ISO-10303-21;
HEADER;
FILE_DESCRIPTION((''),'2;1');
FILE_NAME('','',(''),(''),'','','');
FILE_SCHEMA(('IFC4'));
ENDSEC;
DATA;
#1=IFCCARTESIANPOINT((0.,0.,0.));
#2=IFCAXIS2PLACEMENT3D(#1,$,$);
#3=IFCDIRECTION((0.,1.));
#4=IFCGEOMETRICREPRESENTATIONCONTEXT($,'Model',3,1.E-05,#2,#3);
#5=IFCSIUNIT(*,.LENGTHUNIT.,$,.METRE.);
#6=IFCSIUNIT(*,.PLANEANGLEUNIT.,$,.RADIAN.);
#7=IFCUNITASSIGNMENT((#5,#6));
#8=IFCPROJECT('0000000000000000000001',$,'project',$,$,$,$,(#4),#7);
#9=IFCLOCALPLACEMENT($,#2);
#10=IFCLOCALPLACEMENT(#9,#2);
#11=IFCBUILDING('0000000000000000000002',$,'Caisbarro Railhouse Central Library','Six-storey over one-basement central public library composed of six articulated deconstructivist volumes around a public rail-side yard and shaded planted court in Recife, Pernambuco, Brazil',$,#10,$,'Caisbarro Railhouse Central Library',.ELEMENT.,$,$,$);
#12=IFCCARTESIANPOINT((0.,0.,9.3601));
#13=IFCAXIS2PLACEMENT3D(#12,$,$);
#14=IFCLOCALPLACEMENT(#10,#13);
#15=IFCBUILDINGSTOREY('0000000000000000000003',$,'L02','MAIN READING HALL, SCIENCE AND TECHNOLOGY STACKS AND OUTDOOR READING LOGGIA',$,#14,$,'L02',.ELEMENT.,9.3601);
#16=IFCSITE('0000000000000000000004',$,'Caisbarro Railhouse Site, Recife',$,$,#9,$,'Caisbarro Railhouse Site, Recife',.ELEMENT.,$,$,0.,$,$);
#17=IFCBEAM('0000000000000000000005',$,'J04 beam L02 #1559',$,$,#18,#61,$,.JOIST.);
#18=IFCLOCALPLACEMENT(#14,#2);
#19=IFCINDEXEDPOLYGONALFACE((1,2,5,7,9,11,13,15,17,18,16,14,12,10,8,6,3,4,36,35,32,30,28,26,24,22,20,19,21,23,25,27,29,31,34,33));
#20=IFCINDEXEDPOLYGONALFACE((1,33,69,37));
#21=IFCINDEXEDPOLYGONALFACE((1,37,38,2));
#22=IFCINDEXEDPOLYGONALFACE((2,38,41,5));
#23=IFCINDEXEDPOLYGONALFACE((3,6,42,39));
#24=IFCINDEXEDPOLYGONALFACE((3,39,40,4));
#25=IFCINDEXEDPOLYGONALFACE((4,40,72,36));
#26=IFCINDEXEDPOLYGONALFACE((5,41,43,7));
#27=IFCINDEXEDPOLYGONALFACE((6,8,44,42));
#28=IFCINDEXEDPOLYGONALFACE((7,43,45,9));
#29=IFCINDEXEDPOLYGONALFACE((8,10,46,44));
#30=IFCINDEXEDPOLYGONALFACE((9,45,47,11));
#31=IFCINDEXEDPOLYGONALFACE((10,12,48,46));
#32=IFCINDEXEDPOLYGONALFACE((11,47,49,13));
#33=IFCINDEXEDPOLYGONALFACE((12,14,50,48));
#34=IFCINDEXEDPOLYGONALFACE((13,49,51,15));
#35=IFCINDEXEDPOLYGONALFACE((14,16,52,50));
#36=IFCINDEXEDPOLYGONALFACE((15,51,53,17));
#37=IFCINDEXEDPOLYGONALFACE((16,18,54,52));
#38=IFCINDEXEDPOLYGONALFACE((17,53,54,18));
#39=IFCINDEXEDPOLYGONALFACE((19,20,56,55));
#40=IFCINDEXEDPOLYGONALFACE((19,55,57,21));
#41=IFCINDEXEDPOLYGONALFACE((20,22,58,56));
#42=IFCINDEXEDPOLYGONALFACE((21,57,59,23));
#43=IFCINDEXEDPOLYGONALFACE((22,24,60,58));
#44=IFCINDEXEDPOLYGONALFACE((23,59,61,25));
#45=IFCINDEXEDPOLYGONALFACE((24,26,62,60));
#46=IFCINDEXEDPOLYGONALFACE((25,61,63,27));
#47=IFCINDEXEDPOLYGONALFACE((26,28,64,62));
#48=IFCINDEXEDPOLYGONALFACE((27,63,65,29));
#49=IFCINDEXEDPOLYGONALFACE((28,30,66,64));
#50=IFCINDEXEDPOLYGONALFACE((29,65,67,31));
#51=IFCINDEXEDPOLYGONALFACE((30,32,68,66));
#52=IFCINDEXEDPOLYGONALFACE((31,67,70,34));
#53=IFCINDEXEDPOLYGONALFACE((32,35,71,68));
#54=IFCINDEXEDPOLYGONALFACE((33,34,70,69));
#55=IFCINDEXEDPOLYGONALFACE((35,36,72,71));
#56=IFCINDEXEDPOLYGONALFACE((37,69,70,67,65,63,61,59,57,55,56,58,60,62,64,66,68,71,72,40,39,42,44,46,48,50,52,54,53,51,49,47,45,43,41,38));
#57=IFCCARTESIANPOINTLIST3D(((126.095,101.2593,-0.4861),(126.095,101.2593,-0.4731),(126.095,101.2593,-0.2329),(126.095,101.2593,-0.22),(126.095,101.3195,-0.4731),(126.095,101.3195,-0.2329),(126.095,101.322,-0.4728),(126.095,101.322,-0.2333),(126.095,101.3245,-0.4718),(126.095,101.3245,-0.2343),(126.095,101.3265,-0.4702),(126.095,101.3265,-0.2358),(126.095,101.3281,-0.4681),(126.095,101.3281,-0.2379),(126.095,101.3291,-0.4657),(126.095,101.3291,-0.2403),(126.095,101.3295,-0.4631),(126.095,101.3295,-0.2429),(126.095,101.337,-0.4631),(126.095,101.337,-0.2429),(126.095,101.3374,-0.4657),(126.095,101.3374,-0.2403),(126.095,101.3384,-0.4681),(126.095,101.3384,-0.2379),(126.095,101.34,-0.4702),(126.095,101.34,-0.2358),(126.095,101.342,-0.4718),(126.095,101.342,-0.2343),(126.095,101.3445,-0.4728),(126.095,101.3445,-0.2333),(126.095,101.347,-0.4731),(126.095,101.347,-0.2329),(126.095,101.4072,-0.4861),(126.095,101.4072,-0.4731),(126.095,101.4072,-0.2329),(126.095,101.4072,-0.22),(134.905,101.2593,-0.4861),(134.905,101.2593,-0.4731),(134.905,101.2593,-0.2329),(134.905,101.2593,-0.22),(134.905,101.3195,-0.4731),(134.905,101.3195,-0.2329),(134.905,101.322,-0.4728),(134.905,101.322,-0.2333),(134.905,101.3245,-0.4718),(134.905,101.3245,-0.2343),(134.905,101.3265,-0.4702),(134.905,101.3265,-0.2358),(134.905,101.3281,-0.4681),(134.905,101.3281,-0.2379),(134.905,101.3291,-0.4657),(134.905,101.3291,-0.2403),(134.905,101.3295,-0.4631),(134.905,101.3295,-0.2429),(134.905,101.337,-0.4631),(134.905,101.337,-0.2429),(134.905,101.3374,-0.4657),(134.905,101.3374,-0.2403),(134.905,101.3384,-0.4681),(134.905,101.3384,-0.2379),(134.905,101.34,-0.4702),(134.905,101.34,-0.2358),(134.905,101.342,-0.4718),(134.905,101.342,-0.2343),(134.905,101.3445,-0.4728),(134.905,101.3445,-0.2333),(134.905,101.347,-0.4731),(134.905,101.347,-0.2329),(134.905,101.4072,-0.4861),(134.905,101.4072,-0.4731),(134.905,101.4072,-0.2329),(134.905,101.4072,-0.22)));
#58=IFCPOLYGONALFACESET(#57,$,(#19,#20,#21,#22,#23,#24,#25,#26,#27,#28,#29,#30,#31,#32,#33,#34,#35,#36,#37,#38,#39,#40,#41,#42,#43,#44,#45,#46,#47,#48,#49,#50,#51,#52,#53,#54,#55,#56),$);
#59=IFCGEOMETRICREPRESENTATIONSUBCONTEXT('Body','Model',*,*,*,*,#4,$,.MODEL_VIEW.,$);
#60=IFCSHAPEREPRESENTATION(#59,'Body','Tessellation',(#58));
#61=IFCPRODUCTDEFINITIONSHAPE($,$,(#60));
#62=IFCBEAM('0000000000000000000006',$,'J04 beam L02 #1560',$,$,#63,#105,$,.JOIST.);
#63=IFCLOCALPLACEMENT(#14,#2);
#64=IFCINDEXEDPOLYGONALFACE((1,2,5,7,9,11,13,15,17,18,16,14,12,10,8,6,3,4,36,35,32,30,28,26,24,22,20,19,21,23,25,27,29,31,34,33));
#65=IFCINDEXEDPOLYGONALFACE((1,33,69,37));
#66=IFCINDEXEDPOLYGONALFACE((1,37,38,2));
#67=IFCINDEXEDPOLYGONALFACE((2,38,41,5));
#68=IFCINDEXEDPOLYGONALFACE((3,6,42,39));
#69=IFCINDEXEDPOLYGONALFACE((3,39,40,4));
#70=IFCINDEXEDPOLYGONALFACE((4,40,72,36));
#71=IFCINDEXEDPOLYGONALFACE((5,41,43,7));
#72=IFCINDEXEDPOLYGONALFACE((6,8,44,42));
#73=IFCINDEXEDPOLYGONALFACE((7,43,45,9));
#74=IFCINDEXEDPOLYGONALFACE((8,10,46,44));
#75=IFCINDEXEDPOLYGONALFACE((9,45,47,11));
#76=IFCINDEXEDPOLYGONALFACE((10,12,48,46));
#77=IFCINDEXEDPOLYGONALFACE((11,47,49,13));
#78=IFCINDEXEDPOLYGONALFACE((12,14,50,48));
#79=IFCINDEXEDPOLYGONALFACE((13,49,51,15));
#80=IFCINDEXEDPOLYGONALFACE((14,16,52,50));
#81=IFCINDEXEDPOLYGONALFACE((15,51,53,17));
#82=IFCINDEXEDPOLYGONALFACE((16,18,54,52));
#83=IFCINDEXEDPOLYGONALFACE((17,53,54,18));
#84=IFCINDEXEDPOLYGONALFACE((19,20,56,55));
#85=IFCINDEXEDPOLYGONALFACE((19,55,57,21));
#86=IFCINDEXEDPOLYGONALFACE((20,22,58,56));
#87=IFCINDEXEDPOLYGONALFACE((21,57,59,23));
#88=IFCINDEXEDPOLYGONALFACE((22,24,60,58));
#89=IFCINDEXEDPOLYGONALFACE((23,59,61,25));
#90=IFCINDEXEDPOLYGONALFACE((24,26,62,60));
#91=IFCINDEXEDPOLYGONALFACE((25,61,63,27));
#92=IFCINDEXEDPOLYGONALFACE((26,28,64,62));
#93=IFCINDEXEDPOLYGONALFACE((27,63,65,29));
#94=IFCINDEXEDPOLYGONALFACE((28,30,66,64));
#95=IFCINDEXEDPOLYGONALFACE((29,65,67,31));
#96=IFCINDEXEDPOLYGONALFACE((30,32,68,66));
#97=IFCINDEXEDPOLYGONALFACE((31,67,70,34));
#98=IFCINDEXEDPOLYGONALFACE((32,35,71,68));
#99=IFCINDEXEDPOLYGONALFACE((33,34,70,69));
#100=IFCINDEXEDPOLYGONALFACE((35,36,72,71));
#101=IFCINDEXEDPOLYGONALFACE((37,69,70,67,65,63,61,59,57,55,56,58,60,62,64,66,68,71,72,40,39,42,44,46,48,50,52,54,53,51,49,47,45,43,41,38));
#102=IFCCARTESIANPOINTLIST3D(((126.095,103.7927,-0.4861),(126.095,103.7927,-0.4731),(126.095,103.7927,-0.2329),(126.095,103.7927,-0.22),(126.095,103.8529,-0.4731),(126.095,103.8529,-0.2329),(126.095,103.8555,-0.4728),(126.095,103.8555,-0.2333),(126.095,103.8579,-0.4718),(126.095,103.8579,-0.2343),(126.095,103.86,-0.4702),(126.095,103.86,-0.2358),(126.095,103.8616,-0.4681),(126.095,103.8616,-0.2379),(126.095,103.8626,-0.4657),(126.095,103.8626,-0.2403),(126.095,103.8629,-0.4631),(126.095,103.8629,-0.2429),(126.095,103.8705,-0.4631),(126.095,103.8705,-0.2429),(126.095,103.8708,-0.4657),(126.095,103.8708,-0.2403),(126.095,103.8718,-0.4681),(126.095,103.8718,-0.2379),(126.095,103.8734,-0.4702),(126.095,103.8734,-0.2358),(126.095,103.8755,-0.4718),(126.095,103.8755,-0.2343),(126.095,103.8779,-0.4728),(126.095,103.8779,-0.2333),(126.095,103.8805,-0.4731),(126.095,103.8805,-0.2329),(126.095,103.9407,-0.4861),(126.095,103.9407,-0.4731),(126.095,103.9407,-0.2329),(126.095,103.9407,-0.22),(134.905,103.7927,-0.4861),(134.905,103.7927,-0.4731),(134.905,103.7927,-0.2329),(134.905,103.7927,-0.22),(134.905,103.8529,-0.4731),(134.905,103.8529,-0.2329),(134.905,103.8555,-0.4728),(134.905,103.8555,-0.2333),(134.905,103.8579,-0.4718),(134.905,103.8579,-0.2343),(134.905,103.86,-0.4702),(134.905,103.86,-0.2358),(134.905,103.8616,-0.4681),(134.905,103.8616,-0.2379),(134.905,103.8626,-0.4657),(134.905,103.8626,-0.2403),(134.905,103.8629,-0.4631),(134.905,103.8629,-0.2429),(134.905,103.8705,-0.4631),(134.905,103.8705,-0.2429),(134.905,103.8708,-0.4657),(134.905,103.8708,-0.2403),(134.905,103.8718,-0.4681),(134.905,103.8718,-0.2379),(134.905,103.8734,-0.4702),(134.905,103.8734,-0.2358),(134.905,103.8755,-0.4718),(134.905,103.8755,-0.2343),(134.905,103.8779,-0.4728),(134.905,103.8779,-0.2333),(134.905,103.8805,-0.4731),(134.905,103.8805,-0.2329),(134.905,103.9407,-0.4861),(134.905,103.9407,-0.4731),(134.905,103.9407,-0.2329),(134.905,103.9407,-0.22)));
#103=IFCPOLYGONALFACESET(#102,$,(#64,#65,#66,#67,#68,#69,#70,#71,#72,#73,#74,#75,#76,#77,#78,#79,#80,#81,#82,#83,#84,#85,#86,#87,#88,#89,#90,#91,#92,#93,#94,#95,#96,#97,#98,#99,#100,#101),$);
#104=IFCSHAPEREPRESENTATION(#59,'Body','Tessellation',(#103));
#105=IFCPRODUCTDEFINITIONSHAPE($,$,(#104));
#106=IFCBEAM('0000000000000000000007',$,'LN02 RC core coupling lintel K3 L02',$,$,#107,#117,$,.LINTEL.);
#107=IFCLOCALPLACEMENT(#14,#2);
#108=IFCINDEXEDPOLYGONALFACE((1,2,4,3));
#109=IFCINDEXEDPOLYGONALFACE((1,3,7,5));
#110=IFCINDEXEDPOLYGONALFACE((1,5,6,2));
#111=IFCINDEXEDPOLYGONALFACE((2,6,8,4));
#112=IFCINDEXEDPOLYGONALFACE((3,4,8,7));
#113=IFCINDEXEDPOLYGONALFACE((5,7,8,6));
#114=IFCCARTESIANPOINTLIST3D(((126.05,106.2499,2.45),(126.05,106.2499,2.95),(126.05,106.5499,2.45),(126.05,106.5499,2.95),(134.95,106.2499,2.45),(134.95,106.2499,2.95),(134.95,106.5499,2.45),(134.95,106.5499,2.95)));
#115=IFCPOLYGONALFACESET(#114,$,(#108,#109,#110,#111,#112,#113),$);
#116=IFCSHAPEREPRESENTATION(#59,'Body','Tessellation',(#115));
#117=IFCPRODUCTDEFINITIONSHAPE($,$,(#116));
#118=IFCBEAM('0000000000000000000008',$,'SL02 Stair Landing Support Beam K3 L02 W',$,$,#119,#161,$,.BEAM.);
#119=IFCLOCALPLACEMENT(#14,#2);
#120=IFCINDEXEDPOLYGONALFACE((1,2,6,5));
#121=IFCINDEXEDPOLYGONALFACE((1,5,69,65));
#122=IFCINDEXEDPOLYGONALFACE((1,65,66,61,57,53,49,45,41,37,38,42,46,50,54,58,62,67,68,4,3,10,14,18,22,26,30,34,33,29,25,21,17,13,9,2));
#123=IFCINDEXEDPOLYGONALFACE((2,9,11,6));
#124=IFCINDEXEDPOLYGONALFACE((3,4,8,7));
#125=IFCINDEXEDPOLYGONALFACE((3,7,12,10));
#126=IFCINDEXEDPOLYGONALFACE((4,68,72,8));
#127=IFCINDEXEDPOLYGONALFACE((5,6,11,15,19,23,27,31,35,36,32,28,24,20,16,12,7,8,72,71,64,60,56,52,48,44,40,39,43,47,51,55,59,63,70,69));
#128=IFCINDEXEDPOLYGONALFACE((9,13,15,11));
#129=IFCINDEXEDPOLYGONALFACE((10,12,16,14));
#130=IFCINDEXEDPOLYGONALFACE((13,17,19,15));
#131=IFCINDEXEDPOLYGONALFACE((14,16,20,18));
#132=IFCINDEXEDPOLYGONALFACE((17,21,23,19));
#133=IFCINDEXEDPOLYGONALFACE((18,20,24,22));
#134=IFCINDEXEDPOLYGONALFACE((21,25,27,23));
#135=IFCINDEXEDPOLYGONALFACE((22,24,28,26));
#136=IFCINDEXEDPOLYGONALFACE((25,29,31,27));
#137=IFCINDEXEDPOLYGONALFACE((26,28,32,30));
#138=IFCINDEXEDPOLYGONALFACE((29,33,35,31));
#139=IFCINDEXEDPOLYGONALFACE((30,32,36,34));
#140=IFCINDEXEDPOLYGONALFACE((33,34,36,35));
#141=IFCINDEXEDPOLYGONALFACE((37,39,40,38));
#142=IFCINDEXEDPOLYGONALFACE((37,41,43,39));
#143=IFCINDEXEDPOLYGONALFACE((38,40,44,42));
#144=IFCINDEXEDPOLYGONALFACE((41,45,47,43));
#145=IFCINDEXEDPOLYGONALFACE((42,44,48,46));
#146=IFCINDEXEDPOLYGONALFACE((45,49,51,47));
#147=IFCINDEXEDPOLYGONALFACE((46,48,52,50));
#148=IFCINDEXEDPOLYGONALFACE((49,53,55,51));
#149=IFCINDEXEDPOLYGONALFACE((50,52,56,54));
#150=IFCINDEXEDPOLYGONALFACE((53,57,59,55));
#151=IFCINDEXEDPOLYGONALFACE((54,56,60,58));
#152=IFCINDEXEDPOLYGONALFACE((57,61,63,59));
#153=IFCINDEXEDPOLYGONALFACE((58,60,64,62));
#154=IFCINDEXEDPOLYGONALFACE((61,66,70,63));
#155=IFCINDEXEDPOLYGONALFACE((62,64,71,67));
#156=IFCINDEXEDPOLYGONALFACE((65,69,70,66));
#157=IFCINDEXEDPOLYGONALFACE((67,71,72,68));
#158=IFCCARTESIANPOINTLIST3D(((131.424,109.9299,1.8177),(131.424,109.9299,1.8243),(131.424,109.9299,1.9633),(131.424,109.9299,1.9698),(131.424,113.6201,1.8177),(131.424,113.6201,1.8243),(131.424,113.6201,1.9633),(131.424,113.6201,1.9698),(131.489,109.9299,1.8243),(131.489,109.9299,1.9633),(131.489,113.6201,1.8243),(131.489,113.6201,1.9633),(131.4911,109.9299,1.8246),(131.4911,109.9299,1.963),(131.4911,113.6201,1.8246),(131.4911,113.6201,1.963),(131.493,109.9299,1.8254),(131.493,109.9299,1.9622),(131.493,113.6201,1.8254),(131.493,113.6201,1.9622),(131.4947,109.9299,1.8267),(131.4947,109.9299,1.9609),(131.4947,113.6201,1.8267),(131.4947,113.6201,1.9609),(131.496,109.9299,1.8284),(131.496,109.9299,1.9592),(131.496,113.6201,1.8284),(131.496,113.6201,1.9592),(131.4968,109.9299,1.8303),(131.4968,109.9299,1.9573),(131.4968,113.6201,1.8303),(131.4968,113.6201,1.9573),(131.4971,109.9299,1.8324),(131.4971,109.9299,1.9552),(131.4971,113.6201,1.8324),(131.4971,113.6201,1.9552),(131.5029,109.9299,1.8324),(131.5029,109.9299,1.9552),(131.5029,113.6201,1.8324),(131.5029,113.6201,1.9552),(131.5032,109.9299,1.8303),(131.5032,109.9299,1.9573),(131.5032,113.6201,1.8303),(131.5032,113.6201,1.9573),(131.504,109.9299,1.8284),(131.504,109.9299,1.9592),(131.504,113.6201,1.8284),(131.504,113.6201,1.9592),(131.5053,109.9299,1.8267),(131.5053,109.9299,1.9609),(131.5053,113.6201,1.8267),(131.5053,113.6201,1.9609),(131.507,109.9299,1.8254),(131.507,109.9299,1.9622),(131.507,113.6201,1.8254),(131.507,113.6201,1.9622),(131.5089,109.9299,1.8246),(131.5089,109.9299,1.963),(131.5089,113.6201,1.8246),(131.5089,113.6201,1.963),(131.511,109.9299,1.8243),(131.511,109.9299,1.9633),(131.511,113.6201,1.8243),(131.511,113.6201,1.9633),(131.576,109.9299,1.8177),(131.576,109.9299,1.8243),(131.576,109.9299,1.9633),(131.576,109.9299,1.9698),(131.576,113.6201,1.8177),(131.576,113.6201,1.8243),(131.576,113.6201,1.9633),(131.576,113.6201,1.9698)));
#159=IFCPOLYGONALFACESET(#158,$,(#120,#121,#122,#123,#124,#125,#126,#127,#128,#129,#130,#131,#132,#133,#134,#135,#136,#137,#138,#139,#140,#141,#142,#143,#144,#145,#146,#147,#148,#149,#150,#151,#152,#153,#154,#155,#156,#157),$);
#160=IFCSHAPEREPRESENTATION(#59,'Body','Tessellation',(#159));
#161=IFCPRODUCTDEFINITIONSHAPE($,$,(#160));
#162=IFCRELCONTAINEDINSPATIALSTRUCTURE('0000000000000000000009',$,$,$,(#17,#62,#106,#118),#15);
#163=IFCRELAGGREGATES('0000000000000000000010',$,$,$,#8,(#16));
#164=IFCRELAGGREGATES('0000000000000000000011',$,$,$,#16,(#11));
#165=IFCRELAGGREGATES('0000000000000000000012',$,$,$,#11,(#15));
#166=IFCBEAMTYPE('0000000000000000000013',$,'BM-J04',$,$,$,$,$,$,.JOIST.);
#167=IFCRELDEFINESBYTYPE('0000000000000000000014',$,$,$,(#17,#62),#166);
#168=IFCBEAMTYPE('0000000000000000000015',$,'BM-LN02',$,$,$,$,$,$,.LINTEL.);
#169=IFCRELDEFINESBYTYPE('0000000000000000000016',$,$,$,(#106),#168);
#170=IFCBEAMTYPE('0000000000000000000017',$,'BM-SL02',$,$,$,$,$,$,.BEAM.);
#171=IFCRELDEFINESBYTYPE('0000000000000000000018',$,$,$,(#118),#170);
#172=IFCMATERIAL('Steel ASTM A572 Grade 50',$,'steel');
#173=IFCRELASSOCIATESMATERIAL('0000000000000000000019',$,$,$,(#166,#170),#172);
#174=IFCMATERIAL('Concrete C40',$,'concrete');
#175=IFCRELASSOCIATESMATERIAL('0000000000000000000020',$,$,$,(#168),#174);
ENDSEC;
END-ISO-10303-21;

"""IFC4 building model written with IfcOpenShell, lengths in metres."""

from ifc_helpers import new_model, si_unit, direction, frame, origin, origin_2d, place, context, subcontext, project, spatial, rectangle, i_section, extrude, material, material_profile, profile_set, type_object, element, save


model = new_model("IFC4")

# Units and contexts
model_context = context("Model", 3, precision=1e-05, world=origin(), true_north=direction((0.0, 1.0)))
body_context = subcontext(model_context, "Body", "Model", "MODEL_VIEW")
ifc_project = project(units=[si_unit("LENGTHUNIT", "METRE"), si_unit("PLANEANGLEUNIT", "RADIAN")], contexts=[model_context])

# Site, building, storey
site_placement = place(None, origin())
site = spatial("IfcSite", under=ifc_project, at=site_placement, Name="Caisbarro Railhouse Site, Recife", LongName="Caisbarro Railhouse Site, Recife", CompositionType="ELEMENT", RefElevation=0.0)
building_placement = place(site_placement, origin())
building = spatial("IfcBuilding", under=site, at=building_placement, Name="Caisbarro Railhouse Central Library", Description="Six-storey over one-basement central public library composed of six articulated deconstructivist volumes around a public rail-side yard and shaded planted court in Recife, Pernambuco, Brazil", LongName="Caisbarro Railhouse Central Library", CompositionType="ELEMENT")
storey_placement = place(building_placement, frame((0.0, 0.0, 9.3601)))
storey = spatial("IfcBuildingStorey", under=building, at=storey_placement, Name="L02", Description="MAIN READING HALL, SCIENCE AND TECHNOLOGY STACKS AND OUTDOOR READING LOGGIA", LongName="L02", CompositionType="ELEMENT", Elevation=9.3601)

# Shared definitions
ifc_material_1 = material(Name="Steel ASTM A572 Grade 50", Category="steel")

# Beams
ifc_material_profile_1 = material_profile(ifc_material_1, i_section(OverallWidth=0.1479, OverallDepth=0.2661, WebThickness=0.0076, FlangeThickness=0.0129, FilletRadius=0.01, at=origin_2d()), Name="W250X44.8")
ifc_profile_set_1 = profile_set([ifc_material_profile_1], Name="Steel ASTM A572 Grade 50")
beam_type_1 = type_object("IfcBeamType", Name="BM-J04", PredefinedType="JOIST", material=ifc_profile_set_1)
for number, where, z_axis, x_axis, name in (
    (1, (126.095, 101.3333, -0.353), (1.0, 0.0, 0.0), (0.0, 1.0, 0.0), "J04 beam L02 #1559"),
    (2, (126.095, 103.8667, -0.353), (1.0, 0.0, 0.0), (0.0, 1.0, 0.0), "J04 beam L02 #1560"),
):
    element("IfcBeam", number, at=place(storey_placement, frame(where, z_axis=z_axis, x_axis=x_axis)), inside=storey, type_object=beam_type_1, Name=name, PredefinedType="JOIST", context=body_context, shape_type="SweptSolid", body=[
        extrude(i_section(OverallWidth=0.1479, OverallDepth=0.2661, WebThickness=0.0076, FlangeThickness=0.0129, FilletRadius=0.01, at=origin_2d()), origin(), (0.0, 0.0, 1.0), 8.8101),
    ])
ifc_material_2 = material(Name="Concrete C40", Category="concrete")
ifc_material_profile_2 = material_profile(ifc_material_2, rectangle(XDim=0.3, YDim=0.5, at=origin_2d()), Name="RC-LIN-300X500")
ifc_profile_set_2 = profile_set([ifc_material_profile_2], Name="Concrete C40")
beam_type_2 = type_object("IfcBeamType", Name="BM-LN02", PredefinedType="LINTEL", material=ifc_profile_set_2)
beam_1_placement = place(storey_placement, frame((126.05, 106.3999, 2.7), z_axis=(1.0, 0.0, 0.0), x_axis=(0.0, 1.0, 0.0)))
element("IfcBeam", 3, at=beam_1_placement, inside=storey, type_object=beam_type_2, Name="LN02 RC core coupling lintel K3 L02", PredefinedType="LINTEL", context=body_context, shape_type="SweptSolid", body=[
    extrude(rectangle(XDim=0.3, YDim=0.5, at=origin_2d()), origin(), (0.0, 0.0, 1.0), 8.8999),
])
ifc_material_profile_3 = material_profile(ifc_material_1, i_section(OverallWidth=0.1521, OverallDepth=0.1521, WebThickness=0.0059, FlangeThickness=0.0066, FilletRadius=0.0081, at=origin_2d()), Name="W150X22.5")
ifc_profile_set_3 = profile_set([ifc_material_profile_3], Name="Steel ASTM A572 Grade 50")
beam_type_3 = type_object("IfcBeamType", Name="BM-SL02", PredefinedType="BEAM", material=ifc_profile_set_3)
for number, where, z_axis, x_axis, name in (
    (4, (131.5, 109.9299, 1.8938), (0.0, 1.0, 0.0), (-1.0, 0.0, 0.0), "SL02 Stair Landing Support Beam K3 L02 W"),
):
    element("IfcBeam", number, at=place(storey_placement, frame(where, z_axis=z_axis, x_axis=x_axis)), inside=storey, type_object=beam_type_3, Name=name, PredefinedType="BEAM", context=body_context, shape_type="SweptSolid", body=[
        extrude(i_section(OverallWidth=0.1521, OverallDepth=0.1521, WebThickness=0.0059, FlangeThickness=0.0066, FilletRadius=0.0081, at=origin_2d()), origin(), (0.0, 0.0, 1.0), 3.6902),
    ])

save(model, "model.ifc")
